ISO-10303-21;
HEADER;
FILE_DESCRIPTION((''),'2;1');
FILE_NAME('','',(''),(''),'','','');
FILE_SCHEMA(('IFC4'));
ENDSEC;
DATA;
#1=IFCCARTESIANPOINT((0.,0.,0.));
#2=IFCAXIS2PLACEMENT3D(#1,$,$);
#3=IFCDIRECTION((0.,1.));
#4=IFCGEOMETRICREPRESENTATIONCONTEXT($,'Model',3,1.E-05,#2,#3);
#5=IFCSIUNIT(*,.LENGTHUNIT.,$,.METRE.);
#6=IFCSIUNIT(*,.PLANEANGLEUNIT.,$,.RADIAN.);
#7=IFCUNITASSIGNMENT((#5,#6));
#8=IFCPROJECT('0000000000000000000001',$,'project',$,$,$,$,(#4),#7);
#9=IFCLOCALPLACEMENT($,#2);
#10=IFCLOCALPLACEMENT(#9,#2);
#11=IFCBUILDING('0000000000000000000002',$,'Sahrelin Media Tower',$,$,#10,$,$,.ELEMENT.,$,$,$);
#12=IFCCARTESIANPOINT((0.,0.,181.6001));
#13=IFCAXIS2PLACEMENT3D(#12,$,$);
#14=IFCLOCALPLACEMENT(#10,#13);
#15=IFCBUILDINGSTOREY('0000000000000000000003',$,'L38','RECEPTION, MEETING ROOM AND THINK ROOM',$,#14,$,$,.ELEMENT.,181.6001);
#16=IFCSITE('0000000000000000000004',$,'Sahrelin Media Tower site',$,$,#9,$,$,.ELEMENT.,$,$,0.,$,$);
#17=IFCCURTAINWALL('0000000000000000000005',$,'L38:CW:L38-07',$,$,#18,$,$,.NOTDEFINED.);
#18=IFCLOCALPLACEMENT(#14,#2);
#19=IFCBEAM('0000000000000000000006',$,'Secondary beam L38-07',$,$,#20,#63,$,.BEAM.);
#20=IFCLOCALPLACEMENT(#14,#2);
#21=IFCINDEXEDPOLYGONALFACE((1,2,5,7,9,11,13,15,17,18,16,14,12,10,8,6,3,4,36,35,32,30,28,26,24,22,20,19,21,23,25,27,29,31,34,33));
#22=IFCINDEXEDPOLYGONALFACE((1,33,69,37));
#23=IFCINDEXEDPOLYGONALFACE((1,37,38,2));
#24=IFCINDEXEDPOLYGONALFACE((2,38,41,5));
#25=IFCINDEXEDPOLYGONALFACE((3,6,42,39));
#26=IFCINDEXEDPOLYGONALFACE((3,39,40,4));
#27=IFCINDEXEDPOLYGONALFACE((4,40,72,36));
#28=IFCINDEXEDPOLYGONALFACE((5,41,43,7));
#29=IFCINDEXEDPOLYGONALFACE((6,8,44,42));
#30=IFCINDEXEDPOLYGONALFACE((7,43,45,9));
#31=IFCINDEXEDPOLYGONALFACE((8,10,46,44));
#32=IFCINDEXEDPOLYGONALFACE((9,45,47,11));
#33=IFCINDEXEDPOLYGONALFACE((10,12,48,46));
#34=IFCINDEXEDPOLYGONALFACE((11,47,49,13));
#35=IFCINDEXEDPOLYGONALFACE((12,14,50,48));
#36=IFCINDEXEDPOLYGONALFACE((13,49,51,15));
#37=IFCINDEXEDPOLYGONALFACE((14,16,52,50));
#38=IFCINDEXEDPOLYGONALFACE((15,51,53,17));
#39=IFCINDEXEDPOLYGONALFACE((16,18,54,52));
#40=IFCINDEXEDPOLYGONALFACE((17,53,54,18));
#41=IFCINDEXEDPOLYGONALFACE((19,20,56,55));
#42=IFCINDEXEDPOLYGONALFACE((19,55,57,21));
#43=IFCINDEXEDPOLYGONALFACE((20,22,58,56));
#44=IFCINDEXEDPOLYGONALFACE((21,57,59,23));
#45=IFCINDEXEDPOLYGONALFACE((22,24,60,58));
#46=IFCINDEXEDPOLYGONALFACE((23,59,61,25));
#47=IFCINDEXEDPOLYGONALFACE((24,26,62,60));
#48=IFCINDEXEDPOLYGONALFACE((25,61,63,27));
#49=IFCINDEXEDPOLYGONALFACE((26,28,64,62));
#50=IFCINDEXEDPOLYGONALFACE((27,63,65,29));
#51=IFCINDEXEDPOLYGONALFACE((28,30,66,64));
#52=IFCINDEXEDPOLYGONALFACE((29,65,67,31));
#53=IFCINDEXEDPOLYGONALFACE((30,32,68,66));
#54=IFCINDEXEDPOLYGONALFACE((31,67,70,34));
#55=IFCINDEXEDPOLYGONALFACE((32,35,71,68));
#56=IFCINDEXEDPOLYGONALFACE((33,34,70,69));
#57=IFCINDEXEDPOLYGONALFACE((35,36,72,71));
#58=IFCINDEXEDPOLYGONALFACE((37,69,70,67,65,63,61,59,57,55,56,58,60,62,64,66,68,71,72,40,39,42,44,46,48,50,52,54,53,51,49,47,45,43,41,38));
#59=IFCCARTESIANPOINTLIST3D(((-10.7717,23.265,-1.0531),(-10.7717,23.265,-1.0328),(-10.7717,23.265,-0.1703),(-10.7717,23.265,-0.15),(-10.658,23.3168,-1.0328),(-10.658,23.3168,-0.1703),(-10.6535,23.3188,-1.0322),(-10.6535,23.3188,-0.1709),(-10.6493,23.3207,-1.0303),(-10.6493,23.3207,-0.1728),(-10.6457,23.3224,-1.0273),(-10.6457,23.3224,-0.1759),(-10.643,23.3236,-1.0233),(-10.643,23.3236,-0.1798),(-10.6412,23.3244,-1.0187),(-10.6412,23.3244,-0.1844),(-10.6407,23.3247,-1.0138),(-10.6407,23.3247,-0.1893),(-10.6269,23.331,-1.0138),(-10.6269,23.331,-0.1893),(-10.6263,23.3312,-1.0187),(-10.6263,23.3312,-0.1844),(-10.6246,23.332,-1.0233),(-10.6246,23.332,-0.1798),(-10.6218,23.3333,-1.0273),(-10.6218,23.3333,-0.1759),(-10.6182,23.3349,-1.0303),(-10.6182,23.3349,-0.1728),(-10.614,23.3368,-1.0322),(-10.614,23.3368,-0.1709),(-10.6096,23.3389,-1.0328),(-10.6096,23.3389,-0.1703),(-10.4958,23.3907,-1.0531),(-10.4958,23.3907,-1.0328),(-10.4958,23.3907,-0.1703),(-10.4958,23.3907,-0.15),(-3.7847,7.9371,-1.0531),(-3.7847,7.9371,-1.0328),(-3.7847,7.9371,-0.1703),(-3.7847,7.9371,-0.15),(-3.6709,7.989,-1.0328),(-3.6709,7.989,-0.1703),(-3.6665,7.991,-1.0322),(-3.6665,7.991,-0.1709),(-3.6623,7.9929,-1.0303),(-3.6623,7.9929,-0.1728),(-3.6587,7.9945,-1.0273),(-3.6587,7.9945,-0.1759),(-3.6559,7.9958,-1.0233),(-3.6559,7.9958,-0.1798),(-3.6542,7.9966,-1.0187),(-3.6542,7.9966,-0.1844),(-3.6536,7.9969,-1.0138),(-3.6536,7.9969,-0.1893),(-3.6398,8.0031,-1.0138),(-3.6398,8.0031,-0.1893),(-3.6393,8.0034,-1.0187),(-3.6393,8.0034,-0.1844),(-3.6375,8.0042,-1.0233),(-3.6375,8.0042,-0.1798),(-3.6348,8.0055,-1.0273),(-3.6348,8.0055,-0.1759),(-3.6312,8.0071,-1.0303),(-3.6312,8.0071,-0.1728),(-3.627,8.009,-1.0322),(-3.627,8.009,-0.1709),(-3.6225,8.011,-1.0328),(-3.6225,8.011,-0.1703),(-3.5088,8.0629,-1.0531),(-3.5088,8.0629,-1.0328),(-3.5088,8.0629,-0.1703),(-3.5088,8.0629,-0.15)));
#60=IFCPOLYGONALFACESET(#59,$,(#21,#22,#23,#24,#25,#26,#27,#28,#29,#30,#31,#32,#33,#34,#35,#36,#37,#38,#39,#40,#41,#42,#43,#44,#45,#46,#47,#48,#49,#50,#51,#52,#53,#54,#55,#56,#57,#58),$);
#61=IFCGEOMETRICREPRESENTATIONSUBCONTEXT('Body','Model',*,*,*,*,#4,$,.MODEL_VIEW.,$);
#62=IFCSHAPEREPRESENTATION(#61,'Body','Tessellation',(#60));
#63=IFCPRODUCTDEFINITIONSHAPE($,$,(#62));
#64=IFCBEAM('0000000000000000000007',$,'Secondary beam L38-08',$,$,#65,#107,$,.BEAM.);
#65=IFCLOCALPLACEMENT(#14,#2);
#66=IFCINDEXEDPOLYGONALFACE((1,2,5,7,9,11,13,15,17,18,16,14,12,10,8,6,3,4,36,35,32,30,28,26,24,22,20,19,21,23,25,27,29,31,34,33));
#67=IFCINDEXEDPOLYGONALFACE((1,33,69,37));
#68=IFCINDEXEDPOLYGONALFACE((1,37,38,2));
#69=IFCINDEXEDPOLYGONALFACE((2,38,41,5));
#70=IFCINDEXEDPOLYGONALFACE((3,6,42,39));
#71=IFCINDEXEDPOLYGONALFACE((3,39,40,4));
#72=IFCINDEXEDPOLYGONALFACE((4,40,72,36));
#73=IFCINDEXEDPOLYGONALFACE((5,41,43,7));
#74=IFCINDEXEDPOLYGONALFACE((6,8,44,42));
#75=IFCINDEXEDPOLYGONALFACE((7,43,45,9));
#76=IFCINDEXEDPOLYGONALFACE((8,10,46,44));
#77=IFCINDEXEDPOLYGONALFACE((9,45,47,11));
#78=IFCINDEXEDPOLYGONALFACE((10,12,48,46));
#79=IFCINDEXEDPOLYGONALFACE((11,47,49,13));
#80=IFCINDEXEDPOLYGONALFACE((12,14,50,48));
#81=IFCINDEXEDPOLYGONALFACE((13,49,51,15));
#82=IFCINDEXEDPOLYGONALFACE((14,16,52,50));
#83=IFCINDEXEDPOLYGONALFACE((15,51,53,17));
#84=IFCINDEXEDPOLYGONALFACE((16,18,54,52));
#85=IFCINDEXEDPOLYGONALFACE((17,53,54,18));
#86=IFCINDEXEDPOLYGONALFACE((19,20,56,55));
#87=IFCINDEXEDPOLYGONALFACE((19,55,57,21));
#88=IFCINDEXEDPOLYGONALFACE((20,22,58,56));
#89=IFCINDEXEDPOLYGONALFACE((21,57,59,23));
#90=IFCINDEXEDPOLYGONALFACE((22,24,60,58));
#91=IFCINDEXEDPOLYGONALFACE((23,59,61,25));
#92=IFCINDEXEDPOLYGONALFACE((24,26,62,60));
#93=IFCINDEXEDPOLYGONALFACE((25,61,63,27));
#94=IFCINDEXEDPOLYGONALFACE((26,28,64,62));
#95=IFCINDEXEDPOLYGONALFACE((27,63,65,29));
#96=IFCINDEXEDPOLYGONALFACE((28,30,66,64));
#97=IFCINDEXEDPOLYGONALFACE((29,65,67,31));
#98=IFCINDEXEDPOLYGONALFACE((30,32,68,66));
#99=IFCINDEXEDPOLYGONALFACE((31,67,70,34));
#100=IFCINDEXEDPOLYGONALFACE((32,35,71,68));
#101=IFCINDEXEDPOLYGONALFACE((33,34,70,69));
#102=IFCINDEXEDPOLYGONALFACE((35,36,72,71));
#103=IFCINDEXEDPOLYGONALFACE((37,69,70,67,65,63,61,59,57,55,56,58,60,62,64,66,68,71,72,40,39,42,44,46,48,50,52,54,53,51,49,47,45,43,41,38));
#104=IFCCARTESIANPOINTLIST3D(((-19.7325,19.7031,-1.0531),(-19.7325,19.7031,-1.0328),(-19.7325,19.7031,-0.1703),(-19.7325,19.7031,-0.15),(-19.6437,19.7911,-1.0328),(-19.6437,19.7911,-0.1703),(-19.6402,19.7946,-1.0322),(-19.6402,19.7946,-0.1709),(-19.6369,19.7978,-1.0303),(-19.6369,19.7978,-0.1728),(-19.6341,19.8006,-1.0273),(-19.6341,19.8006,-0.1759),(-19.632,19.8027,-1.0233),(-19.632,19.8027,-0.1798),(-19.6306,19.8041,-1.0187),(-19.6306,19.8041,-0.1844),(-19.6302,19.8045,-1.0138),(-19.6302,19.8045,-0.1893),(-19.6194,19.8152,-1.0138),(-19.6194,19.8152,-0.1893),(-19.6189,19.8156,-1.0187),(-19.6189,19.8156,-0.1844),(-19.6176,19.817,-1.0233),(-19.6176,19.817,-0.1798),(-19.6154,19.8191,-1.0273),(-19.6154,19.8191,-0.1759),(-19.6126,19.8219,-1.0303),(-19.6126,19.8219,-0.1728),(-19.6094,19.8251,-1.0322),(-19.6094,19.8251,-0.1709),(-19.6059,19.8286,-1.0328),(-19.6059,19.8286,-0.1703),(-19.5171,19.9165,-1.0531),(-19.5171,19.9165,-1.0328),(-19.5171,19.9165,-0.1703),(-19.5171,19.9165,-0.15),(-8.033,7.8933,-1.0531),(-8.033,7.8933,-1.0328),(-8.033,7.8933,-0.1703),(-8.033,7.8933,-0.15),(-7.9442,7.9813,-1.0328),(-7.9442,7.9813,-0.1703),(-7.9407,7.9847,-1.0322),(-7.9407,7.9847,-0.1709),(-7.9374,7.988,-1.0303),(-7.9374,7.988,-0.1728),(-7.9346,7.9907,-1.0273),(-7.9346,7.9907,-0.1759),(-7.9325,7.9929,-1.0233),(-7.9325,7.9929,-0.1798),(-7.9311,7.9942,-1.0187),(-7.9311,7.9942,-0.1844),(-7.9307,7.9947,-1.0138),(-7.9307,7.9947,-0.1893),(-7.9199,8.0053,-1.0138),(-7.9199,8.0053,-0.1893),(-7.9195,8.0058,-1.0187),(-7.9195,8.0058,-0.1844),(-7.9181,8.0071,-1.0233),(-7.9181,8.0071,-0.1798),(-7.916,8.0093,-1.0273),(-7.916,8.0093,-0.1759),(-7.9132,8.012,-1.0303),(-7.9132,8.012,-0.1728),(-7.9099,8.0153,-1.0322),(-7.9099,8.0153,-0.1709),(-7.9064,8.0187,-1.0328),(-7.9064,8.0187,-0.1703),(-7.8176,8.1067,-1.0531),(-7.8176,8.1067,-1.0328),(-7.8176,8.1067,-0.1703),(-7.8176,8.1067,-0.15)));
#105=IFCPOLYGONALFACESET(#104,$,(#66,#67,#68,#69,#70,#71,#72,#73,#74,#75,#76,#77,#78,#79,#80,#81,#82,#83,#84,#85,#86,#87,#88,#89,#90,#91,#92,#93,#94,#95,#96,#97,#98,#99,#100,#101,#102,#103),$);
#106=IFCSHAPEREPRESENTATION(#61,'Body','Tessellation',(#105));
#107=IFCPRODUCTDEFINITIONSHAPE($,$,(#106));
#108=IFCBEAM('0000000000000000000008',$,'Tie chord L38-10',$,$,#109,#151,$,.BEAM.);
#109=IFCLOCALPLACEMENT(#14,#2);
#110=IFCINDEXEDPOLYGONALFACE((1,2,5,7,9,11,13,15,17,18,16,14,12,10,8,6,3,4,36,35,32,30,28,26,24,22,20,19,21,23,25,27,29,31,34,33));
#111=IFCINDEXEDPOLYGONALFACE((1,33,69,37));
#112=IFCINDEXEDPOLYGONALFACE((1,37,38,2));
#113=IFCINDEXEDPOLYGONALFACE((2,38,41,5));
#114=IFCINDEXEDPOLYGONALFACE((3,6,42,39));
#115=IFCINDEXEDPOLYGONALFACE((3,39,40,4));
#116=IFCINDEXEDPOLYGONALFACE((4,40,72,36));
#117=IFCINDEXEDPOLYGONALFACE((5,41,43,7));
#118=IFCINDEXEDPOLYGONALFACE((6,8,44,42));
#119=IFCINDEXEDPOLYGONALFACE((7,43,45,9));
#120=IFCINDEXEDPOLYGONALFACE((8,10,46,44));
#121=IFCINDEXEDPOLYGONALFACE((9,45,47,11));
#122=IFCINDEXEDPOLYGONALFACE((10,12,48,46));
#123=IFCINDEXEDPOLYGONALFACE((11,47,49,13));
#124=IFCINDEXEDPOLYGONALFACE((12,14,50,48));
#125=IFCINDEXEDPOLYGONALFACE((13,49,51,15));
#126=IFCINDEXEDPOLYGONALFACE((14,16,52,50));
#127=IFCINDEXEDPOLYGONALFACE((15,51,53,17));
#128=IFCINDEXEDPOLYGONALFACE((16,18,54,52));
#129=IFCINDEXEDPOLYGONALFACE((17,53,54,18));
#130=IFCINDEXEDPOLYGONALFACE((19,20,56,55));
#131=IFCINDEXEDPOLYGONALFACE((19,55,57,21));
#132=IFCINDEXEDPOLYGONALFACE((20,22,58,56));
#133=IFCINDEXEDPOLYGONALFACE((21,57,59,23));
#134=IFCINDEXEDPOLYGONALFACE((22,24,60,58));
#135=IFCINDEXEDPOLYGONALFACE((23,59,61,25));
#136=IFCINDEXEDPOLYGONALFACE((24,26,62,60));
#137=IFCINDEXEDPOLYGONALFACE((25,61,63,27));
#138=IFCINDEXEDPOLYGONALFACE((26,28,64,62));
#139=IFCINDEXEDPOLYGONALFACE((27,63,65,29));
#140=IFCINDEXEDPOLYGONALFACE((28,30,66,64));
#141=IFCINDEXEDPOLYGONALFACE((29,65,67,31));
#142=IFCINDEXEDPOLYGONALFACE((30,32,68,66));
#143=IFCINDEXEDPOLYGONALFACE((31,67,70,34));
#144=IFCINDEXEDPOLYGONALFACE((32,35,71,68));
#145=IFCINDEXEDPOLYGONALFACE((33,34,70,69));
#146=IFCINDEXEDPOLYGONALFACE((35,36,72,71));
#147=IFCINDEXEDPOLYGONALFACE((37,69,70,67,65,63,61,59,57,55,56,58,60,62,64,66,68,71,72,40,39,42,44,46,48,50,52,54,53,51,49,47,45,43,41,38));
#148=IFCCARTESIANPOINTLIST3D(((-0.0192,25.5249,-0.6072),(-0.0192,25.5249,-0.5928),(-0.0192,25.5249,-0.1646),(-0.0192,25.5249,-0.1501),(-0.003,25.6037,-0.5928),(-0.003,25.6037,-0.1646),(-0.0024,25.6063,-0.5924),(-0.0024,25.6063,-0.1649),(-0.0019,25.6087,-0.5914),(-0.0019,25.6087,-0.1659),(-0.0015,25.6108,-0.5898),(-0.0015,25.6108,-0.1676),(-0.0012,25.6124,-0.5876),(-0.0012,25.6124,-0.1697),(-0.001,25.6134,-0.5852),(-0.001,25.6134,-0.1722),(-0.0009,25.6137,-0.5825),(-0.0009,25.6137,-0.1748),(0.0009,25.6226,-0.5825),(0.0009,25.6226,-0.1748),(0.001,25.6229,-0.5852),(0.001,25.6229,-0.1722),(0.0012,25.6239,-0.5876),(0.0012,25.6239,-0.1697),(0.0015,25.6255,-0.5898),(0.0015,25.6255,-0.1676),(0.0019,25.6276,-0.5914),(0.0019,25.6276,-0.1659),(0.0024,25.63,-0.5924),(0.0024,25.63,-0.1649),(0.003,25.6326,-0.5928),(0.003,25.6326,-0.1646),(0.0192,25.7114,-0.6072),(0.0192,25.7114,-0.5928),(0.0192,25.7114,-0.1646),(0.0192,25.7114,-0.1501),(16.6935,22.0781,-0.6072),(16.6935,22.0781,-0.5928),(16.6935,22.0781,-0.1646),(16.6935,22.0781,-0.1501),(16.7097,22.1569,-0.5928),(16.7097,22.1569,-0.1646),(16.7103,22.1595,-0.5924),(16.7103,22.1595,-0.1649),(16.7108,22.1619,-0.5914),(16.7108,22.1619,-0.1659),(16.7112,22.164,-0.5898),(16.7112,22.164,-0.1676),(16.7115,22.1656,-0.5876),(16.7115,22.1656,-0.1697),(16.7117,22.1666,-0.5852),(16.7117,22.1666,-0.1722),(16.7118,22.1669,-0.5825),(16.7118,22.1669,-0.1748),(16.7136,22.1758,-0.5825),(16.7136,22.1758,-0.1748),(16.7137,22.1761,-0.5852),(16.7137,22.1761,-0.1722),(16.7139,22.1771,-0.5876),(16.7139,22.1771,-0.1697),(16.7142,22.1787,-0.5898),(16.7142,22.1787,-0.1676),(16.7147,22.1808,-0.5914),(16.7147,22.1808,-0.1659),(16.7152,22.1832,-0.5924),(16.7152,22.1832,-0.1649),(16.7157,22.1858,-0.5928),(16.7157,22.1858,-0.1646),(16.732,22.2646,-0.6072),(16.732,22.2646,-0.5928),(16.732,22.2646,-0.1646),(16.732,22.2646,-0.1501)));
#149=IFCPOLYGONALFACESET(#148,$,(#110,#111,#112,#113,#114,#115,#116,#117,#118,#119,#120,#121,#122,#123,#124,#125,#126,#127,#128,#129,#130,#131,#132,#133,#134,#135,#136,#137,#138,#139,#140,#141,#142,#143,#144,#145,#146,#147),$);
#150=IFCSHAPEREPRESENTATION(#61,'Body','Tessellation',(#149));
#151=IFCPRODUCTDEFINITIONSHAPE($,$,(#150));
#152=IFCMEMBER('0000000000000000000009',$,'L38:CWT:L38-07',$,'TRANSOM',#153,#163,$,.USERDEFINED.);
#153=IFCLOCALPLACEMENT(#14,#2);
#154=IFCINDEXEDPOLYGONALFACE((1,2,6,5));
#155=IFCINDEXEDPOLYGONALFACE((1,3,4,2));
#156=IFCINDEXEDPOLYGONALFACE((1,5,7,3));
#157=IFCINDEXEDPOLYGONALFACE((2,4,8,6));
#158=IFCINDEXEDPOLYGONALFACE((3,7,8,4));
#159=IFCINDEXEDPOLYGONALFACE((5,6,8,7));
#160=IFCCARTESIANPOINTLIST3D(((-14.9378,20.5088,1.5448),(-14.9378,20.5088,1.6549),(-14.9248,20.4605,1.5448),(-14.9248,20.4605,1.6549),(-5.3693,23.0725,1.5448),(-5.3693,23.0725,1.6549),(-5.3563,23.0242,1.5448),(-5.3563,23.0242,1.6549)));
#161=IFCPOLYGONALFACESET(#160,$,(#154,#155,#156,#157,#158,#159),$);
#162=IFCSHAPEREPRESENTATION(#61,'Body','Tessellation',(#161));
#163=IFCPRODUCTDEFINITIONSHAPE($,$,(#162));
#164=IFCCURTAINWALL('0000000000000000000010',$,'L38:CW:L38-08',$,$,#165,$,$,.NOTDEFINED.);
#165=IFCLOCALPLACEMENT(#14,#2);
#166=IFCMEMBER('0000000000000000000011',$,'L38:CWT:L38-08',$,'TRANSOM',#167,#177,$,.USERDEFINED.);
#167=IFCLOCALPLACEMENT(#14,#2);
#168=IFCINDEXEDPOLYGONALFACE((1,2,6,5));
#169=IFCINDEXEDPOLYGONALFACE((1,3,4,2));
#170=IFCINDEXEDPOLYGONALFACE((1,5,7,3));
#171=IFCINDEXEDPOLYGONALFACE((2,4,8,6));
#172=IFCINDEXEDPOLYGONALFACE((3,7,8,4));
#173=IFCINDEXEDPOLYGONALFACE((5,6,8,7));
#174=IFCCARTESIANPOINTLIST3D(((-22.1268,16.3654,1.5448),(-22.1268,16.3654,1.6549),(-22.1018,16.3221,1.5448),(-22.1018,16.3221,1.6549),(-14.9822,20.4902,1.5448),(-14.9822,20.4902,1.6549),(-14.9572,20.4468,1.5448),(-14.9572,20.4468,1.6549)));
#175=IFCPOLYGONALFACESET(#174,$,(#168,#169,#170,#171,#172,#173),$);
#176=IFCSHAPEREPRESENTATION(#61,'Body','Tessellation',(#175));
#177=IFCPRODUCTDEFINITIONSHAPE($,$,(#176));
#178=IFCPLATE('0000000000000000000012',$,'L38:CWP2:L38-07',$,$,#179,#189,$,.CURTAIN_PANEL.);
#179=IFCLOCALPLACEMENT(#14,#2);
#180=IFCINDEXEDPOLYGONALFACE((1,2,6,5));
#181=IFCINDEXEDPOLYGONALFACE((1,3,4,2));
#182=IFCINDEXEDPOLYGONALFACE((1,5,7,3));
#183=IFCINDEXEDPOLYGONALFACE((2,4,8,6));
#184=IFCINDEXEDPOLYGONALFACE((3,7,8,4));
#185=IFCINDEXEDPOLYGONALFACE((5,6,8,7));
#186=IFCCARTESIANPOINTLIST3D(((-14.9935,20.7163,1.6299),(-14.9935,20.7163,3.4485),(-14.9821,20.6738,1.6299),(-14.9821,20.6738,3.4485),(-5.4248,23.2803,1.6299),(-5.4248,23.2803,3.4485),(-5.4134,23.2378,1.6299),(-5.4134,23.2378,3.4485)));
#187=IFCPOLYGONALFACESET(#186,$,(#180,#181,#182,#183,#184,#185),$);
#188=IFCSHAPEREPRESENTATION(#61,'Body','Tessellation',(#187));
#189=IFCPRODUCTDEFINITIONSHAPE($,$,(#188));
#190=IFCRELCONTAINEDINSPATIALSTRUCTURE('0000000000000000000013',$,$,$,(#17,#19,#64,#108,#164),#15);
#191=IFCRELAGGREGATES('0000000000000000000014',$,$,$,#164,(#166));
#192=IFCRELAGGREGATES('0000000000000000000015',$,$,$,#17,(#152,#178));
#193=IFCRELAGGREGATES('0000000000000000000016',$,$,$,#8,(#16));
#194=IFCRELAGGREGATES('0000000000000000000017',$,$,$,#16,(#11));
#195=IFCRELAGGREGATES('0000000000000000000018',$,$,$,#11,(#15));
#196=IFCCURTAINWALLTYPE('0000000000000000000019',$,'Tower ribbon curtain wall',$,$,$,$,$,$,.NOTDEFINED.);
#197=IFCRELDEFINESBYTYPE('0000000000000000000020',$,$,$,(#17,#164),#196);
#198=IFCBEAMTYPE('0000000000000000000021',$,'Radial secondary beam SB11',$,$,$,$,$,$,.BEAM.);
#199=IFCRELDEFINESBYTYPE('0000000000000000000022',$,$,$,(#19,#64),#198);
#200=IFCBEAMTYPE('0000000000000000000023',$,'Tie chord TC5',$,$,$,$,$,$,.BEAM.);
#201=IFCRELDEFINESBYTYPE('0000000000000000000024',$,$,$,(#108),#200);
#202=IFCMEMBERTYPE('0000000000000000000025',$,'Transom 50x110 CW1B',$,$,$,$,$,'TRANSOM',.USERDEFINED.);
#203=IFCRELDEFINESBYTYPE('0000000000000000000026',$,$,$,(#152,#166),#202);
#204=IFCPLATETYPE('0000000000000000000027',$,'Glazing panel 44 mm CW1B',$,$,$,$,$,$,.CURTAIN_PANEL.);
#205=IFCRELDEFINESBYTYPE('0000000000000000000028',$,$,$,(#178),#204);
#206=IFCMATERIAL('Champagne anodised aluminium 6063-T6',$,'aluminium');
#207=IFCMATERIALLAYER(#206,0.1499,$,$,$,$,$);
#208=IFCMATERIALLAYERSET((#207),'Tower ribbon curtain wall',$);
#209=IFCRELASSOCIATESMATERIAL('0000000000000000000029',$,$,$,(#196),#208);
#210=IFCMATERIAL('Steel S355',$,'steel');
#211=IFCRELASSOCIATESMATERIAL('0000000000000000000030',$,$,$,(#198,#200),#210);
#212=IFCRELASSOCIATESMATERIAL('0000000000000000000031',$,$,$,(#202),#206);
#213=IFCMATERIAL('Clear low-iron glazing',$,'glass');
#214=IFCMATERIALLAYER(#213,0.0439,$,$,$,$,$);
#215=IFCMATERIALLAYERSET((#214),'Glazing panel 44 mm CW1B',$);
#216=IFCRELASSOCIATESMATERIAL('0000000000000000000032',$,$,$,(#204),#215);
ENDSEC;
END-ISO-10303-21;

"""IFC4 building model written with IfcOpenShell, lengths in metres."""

from ifc_helpers import new_model, si_unit, direction, frame, origin, origin_2d, place, context, subcontext, project, spatial, polyline, rectangle, i_section, outline, extrude, material, layer, layer_set, material_profile, profile_set, type_object, element, aggregate, save


model = new_model("IFC4")

# Units and contexts
model_context = context("Model", 3, precision=1e-05, world=origin(), true_north=direction((0.0, 1.0)))
body_context = subcontext(model_context, "Body", "Model", "MODEL_VIEW")
ifc_project = project(units=[si_unit("LENGTHUNIT", "METRE"), si_unit("PLANEANGLEUNIT", "RADIAN")], contexts=[model_context])

# Site, building, storey
site_placement = place(None, origin())
site = spatial("IfcSite", under=ifc_project, at=site_placement, Name="Sahrelin Media Tower site", CompositionType="ELEMENT", RefElevation=0.0)
building_placement = place(site_placement, origin())
building = spatial("IfcBuilding", under=site, at=building_placement, Name="Sahrelin Media Tower", CompositionType="ELEMENT")
storey_placement = place(building_placement, frame((0.0, 0.0, 181.6001)))
storey = spatial("IfcBuildingStorey", under=building, at=storey_placement, Name="L38", Description="RECEPTION, MEETING ROOM AND THINK ROOM", CompositionType="ELEMENT", Elevation=181.6001)

# Shared definitions
ifc_material_1 = material(Name="Steel S355", Category="steel")

# Curtain wall
ifc_material_2 = material(Name="Champagne anodised aluminium 6063-T6", Category="aluminium")
ifc_layer_1 = layer(ifc_material_2, 0.1499)
ifc_layer_set_1 = layer_set([ifc_layer_1], Name="Tower ribbon curtain wall")
curtain_wall_type = type_object("IfcCurtainWallType", Name="Tower ribbon curtain wall", PredefinedType="NOTDEFINED", material=ifc_layer_set_1)
curtain_wall_1_placement = place(storey_placement, frame((-10.2041, 21.979, 0.0), z_axis=(0.0, 0.0, 1.0), x_axis=(1.0, 0.0, 0.0)))
curtain_wall_1 = element("IfcCurtainWall", 1, at=curtain_wall_1_placement, inside=storey, type_object=curtain_wall_type, Name="L38:CW:L38-07", PredefinedType="NOTDEFINED")

# Beams
ifc_material_profile_1 = material_profile(ifc_material_1, i_section(OverallWidth=0.3032, OverallDepth=0.9031, WebThickness=0.0151, FlangeThickness=0.0203, FilletRadius=0.019, at=origin_2d()), Name="UB 914x305x201")
ifc_profile_set_1 = profile_set([ifc_material_profile_1], Name="Steel S355")
beam_type_1 = type_object("IfcBeamType", Name="Radial secondary beam SB11", PredefinedType="BEAM", material=ifc_profile_set_1)
beam_1_placement = place(storey_placement, frame((-3.6467, 8.0, -0.6016), z_axis=(-0.414779, 0.909922, 0.0), x_axis=(-0.909922, -0.414779, 0.0)))
element("IfcBeam", 2, at=beam_1_placement, inside=storey, type_object=beam_type_1, Name="Secondary beam L38-07", PredefinedType="BEAM", context=body_context, shape_type="SweptSolid", body=[
    extrude(i_section(OverallWidth=0.3032, OverallDepth=0.9031, WebThickness=0.0151, FlangeThickness=0.0203, FilletRadius=0.019, at=origin_2d()), origin(), (0.0, 0.0, 1.0), 16.8452),
])
beam_2_placement = place(storey_placement, frame((-7.9253, 8.0, -0.6016), z_axis=(-0.70378, 0.710418, 0.0), x_axis=(-0.710418, -0.70378, 0.0)))
element("IfcBeam", 3, at=beam_2_placement, inside=storey, type_object=beam_type_1, Name="Secondary beam L38-08", PredefinedType="BEAM", context=body_context, shape_type="SweptSolid", body=[
    extrude(i_section(OverallWidth=0.3032, OverallDepth=0.9031, WebThickness=0.0151, FlangeThickness=0.0203, FilletRadius=0.019, at=origin_2d()), origin(), (0.0, 0.0, 1.0), 16.6238),
])
ifc_material_profile_2 = material_profile(ifc_material_1, i_section(OverallWidth=0.1904, OverallDepth=0.457, WebThickness=0.009, FlangeThickness=0.0144, FilletRadius=0.0103, at=origin_2d()), Name="UB 457x191x74")
ifc_profile_set_2 = profile_set([ifc_material_profile_2], Name="Steel S355")
beam_type_2 = type_object("IfcBeamType", Name="Tie chord TC5", PredefinedType="BEAM", material=ifc_profile_set_2)
beam_3_placement = place(storey_placement, frame((0.0, 25.6182, -0.3787), z_axis=(0.979388, -0.201987, 0.0), x_axis=(0.201987, 0.979388, 0.0)))
element("IfcBeam", 4, at=beam_3_placement, inside=storey, type_object=beam_type_2, Name="Tie chord L38-10", PredefinedType="BEAM", context=body_context, shape_type="SweptSolid", body=[
    extrude(i_section(OverallWidth=0.1904, OverallDepth=0.457, WebThickness=0.009, FlangeThickness=0.0144, FilletRadius=0.0103, at=origin_2d()), origin(), (0.0, 0.0, 1.0), 17.0645),
])

# Member
ifc_material_profile_3 = material_profile(ifc_material_2, rectangle(XDim=0.05, YDim=0.1101, at=origin_2d()), Name="Transom 50x110")
ifc_profile_set_3 = profile_set([ifc_material_profile_3], Name="Champagne anodised aluminium 6063-T6")
member_type_1 = type_object("IfcMemberType", Name="Transom 50x110 CW1B", ElementType="TRANSOM", PredefinedType="USERDEFINED", material=ifc_profile_set_3)
member_1_placement = place(storey_placement, frame((-5.3628, 23.0483, 1.5999), z_axis=(-0.96593, -0.258802, 0.0), x_axis=(0.258802, -0.96593, 0.0)))
member_1 = element("IfcMember", 5, at=member_1_placement, type_object=member_type_1, Name="L38:CWT:L38-07", ObjectType="TRANSOM", PredefinedType="USERDEFINED", context=body_context, shape_type="SweptSolid", body=[
    extrude(rectangle(XDim=0.05, YDim=0.1101, at=origin_2d()), origin(), (0.0, 0.0, 1.0), 9.906),
])

# Curtain wall, member
curtain_wall_2_placement = place(storey_placement, frame((-18.6521, 18.5967, 0.0), z_axis=(0.0, 0.0, 1.0), x_axis=(1.0, 0.0, 0.0)))
curtain_wall_2 = element("IfcCurtainWall", 6, at=curtain_wall_2_placement, inside=storey, type_object=curtain_wall_type, Name="L38:CW:L38-08", PredefinedType="NOTDEFINED")
member_2_placement = place(storey_placement, frame((-14.9697, 20.4685, 1.5999), z_axis=(-0.866033, -0.499987, 0.0), x_axis=(0.499987, -0.866033, 0.0)))
member_2 = element("IfcMember", 7, at=member_2_placement, type_object=member_type_1, Name="L38:CWT:L38-08", ObjectType="TRANSOM", PredefinedType="USERDEFINED", context=body_context, shape_type="SweptSolid", body=[
    extrude(rectangle(XDim=0.05, YDim=0.1101, at=origin_2d()), origin(), (0.0, 0.0, 1.0), 8.2498),
])

# Plate
ifc_material_3 = material(Name="Clear low-iron glazing", Category="glass")
ifc_layer_2 = layer(ifc_material_3, 0.0439)
ifc_layer_set_2 = layer_set([ifc_layer_2], Name="Glazing panel 44 mm CW1B")
plate_type_1 = type_object("IfcPlateType", Name="Glazing panel 44 mm CW1B", PredefinedType="CURTAIN_PANEL", material=ifc_layer_set_2)
plate_1_placement = place(storey_placement, frame((-5.4248, 23.2803, 1.6299), z_axis=(-0.258825, 0.965924, 0.0), x_axis=(-0.965924, -0.258825, 0.0)))
plate_1 = element("IfcPlate", 8, at=plate_1_placement, type_object=plate_type_1, Name="L38:CWP2:L38-07", PredefinedType="CURTAIN_PANEL", context=body_context, shape_type="SweptSolid", body=[
    extrude(outline(polyline([(0.0, 0.0), (9.9062, 0.0), (9.9062, 1.8186), (0.0, 1.8186), (0.0, 0.0)])), origin(), (0.0, 0.0, -1.0), 0.0439),
])
aggregate(curtain_wall_2, [member_2])
aggregate(curtain_wall_1, [member_1, plate_1])

save(model, "model.ifc")
